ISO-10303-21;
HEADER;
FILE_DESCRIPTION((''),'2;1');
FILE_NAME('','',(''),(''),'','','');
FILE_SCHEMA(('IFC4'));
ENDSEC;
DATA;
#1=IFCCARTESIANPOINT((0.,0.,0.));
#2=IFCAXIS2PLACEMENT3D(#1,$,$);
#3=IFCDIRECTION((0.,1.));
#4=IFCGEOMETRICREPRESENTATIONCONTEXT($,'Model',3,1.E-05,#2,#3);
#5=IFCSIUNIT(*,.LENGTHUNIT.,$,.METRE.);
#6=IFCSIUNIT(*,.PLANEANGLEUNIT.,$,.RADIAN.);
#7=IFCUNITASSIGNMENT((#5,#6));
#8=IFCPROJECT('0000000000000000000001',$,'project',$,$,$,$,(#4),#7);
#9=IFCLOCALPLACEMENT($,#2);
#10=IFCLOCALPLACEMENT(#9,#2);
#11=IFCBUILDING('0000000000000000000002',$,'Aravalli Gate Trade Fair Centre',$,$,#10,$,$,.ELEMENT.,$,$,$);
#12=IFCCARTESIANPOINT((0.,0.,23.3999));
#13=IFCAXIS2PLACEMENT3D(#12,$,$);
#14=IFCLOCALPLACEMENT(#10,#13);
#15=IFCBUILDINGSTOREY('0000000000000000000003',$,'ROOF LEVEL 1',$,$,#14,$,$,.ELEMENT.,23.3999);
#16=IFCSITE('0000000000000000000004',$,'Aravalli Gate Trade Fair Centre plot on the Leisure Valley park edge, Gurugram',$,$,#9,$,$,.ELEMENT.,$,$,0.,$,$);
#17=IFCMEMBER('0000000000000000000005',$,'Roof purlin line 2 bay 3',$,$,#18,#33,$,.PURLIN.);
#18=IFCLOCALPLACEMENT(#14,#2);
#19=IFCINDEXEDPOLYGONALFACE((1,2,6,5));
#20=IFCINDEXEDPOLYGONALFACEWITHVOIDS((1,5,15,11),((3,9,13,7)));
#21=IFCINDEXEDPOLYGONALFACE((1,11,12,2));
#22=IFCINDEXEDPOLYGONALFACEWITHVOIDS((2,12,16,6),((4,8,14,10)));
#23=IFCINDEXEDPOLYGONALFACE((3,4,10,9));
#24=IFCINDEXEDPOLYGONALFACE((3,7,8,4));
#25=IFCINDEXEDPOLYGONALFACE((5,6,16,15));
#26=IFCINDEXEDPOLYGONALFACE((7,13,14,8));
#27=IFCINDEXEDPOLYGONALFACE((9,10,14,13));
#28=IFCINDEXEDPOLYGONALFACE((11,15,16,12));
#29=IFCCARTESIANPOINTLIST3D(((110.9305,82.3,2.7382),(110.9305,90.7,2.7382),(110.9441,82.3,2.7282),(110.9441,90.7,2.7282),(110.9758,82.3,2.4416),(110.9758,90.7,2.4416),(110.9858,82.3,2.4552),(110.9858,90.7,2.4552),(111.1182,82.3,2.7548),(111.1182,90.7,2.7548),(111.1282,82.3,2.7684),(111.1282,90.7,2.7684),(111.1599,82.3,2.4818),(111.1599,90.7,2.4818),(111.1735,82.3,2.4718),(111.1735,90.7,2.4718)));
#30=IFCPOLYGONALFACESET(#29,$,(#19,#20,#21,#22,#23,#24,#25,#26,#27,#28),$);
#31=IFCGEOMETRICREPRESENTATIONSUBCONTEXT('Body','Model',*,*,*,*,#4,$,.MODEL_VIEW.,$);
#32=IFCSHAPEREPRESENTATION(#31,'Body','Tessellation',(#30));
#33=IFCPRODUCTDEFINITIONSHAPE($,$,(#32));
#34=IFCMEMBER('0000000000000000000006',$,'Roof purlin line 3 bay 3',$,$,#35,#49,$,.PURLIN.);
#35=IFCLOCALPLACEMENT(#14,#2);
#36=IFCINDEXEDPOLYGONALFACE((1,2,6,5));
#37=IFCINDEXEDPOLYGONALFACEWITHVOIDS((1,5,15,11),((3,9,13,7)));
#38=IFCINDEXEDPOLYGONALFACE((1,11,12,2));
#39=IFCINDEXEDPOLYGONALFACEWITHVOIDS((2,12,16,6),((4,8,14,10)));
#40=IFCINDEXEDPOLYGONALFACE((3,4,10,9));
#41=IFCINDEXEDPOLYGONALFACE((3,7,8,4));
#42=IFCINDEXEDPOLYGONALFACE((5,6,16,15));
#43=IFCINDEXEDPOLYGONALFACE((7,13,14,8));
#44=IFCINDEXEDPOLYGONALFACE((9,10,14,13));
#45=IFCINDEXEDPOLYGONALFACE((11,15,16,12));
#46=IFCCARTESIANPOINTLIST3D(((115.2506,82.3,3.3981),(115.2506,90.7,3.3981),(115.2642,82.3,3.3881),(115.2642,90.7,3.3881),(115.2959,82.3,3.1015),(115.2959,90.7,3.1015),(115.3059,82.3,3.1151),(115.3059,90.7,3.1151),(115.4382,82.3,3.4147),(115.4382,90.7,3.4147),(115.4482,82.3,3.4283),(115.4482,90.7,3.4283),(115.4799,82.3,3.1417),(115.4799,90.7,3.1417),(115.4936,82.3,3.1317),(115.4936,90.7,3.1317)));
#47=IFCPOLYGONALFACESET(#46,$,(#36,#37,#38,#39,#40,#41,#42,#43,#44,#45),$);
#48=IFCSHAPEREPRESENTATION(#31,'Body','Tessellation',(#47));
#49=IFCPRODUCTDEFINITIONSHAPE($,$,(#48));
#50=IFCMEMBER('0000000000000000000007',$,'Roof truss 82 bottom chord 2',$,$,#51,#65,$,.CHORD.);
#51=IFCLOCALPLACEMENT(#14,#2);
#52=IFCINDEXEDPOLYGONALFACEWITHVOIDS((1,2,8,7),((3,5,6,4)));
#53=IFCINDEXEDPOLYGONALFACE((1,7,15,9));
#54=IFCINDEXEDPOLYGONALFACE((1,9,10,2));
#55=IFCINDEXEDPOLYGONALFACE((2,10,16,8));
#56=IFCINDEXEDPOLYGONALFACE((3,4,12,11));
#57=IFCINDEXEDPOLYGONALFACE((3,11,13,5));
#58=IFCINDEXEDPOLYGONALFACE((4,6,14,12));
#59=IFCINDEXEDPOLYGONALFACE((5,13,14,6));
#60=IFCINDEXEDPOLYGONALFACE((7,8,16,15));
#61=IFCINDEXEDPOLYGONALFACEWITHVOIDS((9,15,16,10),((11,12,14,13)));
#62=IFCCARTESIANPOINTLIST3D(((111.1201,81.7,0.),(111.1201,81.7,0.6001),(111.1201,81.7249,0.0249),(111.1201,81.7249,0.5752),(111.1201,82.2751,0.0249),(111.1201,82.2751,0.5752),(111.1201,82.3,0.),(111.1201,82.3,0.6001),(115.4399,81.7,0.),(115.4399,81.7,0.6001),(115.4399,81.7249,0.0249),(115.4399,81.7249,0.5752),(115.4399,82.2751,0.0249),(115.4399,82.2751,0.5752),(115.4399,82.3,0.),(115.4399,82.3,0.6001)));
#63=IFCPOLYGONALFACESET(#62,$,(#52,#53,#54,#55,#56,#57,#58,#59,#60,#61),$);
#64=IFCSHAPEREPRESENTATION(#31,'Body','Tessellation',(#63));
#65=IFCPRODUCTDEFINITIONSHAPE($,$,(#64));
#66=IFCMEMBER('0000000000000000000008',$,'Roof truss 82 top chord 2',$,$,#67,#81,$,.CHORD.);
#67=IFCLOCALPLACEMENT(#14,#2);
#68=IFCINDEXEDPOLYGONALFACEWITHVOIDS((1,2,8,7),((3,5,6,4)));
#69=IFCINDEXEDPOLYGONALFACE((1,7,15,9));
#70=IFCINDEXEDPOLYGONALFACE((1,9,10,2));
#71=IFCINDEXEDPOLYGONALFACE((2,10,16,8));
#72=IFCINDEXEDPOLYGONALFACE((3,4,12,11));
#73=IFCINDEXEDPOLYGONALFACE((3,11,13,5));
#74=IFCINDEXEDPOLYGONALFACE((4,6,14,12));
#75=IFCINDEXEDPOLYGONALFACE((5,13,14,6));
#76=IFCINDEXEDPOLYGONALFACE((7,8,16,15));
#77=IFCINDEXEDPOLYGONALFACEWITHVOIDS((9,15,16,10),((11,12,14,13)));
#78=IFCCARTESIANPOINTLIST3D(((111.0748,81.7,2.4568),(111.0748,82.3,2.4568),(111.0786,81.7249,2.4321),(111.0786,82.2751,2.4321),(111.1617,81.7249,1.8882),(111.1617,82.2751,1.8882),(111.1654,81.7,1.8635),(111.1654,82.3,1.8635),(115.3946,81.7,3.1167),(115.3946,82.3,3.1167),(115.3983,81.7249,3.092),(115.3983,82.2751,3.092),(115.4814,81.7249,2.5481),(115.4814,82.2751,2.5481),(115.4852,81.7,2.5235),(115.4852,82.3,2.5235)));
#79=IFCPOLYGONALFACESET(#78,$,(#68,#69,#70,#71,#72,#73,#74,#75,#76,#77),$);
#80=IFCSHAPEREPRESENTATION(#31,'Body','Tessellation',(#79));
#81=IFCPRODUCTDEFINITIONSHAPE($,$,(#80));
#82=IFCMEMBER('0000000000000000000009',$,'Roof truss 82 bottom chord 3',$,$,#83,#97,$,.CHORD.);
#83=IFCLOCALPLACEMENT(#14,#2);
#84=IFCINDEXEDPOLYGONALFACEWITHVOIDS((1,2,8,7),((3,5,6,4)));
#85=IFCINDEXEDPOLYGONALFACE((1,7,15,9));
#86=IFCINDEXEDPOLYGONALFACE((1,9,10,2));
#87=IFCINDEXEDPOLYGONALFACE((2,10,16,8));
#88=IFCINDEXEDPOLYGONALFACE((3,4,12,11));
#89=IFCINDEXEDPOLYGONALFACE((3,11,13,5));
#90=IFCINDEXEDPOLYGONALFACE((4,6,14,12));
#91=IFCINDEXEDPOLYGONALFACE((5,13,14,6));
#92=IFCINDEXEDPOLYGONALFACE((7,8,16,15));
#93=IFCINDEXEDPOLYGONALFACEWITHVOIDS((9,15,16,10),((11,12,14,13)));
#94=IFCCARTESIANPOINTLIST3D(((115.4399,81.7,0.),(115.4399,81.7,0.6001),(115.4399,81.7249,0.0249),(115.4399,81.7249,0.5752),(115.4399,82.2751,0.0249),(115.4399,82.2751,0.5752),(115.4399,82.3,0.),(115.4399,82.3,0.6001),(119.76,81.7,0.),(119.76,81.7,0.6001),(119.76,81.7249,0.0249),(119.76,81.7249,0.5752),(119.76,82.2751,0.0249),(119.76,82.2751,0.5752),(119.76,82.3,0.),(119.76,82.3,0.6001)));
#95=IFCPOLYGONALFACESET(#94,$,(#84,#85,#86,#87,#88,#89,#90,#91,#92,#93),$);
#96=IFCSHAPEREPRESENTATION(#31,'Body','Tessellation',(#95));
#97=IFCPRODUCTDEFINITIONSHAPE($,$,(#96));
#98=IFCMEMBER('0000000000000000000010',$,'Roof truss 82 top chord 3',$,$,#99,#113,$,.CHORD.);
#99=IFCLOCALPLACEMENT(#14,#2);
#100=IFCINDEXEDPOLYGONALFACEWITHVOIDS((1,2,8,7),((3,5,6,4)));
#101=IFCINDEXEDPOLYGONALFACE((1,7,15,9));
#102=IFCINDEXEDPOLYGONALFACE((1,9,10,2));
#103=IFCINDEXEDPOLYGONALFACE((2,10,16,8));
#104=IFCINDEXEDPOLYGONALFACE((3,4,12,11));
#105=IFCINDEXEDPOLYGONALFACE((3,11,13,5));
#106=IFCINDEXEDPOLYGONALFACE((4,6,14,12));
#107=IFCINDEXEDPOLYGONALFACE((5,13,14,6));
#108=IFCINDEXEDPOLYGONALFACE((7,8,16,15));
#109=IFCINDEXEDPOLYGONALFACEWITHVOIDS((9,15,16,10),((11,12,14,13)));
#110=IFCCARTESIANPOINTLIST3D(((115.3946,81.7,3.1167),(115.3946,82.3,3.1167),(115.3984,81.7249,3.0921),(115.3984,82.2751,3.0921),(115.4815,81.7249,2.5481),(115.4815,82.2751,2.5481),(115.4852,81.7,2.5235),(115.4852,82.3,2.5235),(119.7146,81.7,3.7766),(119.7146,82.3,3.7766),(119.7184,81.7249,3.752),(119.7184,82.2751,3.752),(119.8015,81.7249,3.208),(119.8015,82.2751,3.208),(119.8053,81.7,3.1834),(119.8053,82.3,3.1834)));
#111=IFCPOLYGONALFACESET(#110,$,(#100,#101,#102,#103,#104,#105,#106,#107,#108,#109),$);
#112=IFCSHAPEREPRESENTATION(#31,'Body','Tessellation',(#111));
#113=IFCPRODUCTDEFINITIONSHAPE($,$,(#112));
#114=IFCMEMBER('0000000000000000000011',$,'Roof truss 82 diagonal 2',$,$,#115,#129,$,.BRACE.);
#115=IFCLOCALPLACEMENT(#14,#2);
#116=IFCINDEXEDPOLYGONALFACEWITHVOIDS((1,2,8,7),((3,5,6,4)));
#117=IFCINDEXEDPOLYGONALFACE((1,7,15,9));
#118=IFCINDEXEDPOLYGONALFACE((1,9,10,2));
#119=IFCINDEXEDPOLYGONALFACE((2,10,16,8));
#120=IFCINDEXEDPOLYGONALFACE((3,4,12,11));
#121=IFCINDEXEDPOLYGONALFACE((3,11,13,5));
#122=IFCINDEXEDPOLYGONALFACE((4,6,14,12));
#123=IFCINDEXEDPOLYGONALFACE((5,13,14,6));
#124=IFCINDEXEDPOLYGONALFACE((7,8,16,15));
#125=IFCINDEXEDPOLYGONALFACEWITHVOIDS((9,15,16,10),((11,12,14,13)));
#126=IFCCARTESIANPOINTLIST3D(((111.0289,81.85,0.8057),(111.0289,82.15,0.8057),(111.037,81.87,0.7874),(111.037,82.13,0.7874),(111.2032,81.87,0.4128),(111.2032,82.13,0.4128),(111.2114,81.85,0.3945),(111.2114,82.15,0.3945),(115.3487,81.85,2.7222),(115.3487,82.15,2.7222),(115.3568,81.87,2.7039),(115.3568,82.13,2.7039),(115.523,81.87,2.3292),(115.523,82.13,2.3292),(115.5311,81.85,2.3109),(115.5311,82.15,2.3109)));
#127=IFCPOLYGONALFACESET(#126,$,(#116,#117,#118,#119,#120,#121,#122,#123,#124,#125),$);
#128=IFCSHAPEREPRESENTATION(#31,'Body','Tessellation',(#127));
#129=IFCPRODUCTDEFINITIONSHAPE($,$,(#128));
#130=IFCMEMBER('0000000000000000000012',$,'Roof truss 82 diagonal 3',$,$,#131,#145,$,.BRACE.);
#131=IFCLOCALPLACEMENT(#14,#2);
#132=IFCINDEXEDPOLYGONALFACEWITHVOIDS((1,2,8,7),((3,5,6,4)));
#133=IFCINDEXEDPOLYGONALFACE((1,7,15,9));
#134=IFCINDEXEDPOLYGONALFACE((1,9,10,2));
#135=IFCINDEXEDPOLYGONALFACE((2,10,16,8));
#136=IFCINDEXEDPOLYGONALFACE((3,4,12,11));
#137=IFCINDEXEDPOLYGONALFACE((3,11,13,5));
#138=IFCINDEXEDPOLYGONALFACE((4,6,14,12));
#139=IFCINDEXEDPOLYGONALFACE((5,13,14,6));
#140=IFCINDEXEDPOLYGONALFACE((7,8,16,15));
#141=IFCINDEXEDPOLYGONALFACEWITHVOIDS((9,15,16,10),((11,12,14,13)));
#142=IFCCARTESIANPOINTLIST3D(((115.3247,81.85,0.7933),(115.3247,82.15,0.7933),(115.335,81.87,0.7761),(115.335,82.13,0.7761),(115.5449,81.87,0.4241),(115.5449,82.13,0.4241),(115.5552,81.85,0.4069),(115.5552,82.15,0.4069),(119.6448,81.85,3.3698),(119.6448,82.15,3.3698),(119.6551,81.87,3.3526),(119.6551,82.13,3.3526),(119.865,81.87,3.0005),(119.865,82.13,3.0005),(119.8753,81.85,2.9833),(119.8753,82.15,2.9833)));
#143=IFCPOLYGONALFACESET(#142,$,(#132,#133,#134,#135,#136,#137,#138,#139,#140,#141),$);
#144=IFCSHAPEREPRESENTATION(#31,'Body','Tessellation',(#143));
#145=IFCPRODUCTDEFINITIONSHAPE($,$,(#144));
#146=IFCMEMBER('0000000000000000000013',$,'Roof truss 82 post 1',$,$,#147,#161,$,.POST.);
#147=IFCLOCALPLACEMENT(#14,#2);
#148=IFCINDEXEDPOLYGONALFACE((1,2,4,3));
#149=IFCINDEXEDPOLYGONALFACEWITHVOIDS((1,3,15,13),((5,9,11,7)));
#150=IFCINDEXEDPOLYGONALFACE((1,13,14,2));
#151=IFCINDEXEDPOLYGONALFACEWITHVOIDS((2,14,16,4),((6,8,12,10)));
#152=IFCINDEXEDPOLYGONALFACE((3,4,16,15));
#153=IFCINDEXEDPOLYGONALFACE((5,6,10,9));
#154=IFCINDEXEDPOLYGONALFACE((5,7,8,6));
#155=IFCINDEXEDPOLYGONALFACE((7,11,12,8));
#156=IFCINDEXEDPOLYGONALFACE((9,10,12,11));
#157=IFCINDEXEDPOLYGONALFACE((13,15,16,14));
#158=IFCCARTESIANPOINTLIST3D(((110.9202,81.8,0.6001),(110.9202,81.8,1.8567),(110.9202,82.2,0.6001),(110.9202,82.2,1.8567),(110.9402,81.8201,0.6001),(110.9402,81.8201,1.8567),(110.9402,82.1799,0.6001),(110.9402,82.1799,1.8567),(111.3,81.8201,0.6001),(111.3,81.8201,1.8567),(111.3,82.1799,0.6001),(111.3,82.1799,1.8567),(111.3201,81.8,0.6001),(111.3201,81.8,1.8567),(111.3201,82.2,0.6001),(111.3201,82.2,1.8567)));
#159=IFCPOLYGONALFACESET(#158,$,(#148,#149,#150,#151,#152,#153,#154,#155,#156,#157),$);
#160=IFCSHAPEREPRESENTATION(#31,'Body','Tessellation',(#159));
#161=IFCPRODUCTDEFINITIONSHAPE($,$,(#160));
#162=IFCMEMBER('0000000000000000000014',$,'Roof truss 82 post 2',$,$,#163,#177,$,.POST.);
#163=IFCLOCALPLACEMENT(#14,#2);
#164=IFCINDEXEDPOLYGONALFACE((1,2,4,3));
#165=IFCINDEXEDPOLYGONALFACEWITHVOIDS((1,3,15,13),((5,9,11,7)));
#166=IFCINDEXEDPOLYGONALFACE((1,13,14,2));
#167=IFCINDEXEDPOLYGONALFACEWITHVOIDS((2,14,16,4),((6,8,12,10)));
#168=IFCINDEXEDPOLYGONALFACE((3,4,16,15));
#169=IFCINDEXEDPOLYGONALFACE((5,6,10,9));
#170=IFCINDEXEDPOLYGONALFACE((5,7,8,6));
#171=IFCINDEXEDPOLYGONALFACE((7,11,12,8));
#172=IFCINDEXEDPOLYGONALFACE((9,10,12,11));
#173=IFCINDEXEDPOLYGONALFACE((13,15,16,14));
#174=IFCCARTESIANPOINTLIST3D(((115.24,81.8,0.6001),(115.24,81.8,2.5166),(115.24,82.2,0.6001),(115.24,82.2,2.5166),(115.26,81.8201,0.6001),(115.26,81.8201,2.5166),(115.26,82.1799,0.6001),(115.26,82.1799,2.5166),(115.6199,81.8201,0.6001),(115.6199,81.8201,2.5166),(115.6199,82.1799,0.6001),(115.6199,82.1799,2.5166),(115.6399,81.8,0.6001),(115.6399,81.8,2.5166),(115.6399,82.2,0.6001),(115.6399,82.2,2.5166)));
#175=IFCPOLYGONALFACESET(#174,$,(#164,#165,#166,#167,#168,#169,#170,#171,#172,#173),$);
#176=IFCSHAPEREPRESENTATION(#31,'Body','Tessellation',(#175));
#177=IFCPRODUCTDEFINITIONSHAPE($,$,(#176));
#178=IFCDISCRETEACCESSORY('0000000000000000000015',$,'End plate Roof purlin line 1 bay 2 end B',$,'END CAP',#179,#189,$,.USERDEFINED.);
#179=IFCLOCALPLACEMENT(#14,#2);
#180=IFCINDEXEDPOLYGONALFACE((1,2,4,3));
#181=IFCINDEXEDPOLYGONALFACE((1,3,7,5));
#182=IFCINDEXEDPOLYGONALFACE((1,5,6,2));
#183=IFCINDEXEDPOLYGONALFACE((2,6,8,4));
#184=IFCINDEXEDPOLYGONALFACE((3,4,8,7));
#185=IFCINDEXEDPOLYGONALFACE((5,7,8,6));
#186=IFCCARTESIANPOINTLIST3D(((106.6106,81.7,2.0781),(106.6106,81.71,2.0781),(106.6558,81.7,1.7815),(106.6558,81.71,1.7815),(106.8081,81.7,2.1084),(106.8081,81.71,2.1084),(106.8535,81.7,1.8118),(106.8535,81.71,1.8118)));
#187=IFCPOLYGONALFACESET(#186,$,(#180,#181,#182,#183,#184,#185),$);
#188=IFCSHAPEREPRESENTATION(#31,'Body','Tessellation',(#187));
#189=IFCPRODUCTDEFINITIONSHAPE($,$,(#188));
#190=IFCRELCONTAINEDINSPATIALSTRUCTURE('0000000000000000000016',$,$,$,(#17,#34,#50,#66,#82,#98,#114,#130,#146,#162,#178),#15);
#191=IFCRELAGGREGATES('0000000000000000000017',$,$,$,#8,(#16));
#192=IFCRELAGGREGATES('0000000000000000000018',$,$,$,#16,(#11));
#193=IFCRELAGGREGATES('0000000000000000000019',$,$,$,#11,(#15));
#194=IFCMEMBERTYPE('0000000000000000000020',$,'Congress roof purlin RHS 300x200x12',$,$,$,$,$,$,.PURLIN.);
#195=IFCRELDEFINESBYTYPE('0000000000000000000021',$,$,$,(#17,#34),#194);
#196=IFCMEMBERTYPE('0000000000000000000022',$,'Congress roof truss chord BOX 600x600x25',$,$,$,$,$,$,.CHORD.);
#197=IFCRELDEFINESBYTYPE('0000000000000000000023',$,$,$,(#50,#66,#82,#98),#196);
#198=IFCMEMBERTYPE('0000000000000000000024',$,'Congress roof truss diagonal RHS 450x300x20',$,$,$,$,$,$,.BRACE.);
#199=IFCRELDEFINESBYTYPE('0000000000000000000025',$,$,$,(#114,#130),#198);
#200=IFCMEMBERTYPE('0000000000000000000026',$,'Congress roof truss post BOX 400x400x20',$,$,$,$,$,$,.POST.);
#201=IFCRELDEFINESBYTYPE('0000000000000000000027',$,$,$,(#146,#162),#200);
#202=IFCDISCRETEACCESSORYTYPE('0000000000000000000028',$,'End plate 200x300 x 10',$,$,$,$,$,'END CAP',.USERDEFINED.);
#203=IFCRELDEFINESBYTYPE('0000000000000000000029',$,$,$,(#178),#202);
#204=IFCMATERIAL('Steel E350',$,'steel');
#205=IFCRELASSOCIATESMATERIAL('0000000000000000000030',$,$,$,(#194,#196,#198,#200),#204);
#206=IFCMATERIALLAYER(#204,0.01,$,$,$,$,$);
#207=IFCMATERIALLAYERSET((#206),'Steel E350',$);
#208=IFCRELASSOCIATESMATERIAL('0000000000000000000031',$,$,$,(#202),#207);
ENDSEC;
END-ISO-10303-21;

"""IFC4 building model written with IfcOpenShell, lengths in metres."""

from ifc_helpers import new_model, si_unit, direction, frame, origin, origin_2d, place, context, subcontext, project, spatial, polyline, hollow_rectangle, outline, extrude, material, layer, layer_set, material_profile, profile_set, type_object, element, save


model = new_model("IFC4")

# Units and contexts
model_context = context("Model", 3, precision=1e-05, world=origin(), true_north=direction((0.0, 1.0)))
body_context = subcontext(model_context, "Body", "Model", "MODEL_VIEW")
ifc_project = project(units=[si_unit("LENGTHUNIT", "METRE"), si_unit("PLANEANGLEUNIT", "RADIAN")], contexts=[model_context])

# Site, building, storey
site_placement = place(None, origin())
site = spatial("IfcSite", under=ifc_project, at=site_placement, Name="Aravalli Gate Trade Fair Centre plot on the Leisure Valley park edge, Gurugram", CompositionType="ELEMENT", RefElevation=0.0)
building_placement = place(site_placement, origin())
building = spatial("IfcBuilding", under=site, at=building_placement, Name="Aravalli Gate Trade Fair Centre", CompositionType="ELEMENT")
storey_placement = place(building_placement, frame((0.0, 0.0, 23.3999)))
storey = spatial("IfcBuildingStorey", under=building, at=storey_placement, Name="ROOF LEVEL 1", CompositionType="ELEMENT", Elevation=23.3999)

# Members
ifc_material = material(Name="Steel E350", Category="steel")
ifc_material_profile_1 = material_profile(ifc_material, hollow_rectangle(XDim=0.2, YDim=0.3, WallThickness=0.012, at=origin_2d()), Name="RHS 300x200x12")
ifc_profile_set_1 = profile_set([ifc_material_profile_1], Name="Steel E350")
member_type_1 = type_object("IfcMemberType", Name="Congress roof purlin RHS 300x200x12", PredefinedType="PURLIN", material=ifc_profile_set_1)
for number, where, z_axis, x_axis, name in (
    (1, (111.052, 82.3, 2.605), (0.0, 1.0, 0.0), (-0.98853, 0.0, -0.151026), "Roof purlin line 2 bay 3"),
    (2, (115.3721, 82.3, 3.2649), (0.0, 1.0, 0.0), (-0.98853, 0.0, -0.151026), "Roof purlin line 3 bay 3"),
):
    element("IfcMember", number, at=place(storey_placement, frame(where, z_axis=z_axis, x_axis=x_axis)), inside=storey, type_object=member_type_1, Name=name, PredefinedType="PURLIN", context=body_context, shape_type="SweptSolid", body=[
        extrude(hollow_rectangle(XDim=0.2, YDim=0.3, WallThickness=0.012, at=origin_2d()), origin(), (0.0, 0.0, 1.0), 8.3999),
    ])
ifc_material_profile_2 = material_profile(ifc_material, hollow_rectangle(XDim=0.6001, YDim=0.6001, WallThickness=0.0249, at=origin_2d()), Name="BOX 600x600x25")
ifc_profile_set_2 = profile_set([ifc_material_profile_2], Name="Steel E350")
member_type_2 = type_object("IfcMemberType", Name="Congress roof truss chord BOX 600x600x25", PredefinedType="CHORD", material=ifc_profile_set_2)
member_1_placement = place(storey_placement, frame((111.1201, 82.0, 0.3), z_axis=(1.0, 0.0, 0.0), x_axis=(0.0, 1.0, 0.0)))
element("IfcMember", 3, at=member_1_placement, inside=storey, type_object=member_type_2, Name="Roof truss 82 bottom chord 2", PredefinedType="CHORD", context=body_context, shape_type="SweptSolid", body=[
    extrude(hollow_rectangle(XDim=0.6001, YDim=0.6001, WallThickness=0.0249, at=origin_2d()), origin(), (0.0, 0.0, 1.0), 4.3198),
])
member_2_placement = place(storey_placement, frame((111.1201, 82.0, 2.1602), z_axis=(0.988532, 0.0, 0.151012), x_axis=(0.0, 1.0, 0.0)))
element("IfcMember", 4, at=member_2_placement, inside=storey, type_object=member_type_2, Name="Roof truss 82 top chord 2", PredefinedType="CHORD", context=body_context, shape_type="SweptSolid", body=[
    extrude(hollow_rectangle(XDim=0.6001, YDim=0.6001, WallThickness=0.0249, at=origin_2d()), origin(), (0.0, 0.0, 1.0), 4.3699),
])
member_3_placement = place(storey_placement, frame((115.4399, 82.0, 0.3), z_axis=(1.0, 0.0, 0.0), x_axis=(0.0, 1.0, 0.0)))
element("IfcMember", 5, at=member_3_placement, inside=storey, type_object=member_type_2, Name="Roof truss 82 bottom chord 3", PredefinedType="CHORD", context=body_context, shape_type="SweptSolid", body=[
    extrude(hollow_rectangle(XDim=0.6001, YDim=0.6001, WallThickness=0.0249, at=origin_2d()), origin(), (0.0, 0.0, 1.0), 4.3201),
])
member_4_placement = place(storey_placement, frame((115.4399, 82.0, 2.8201), z_axis=(0.988533, 0.0, 0.151003), x_axis=(0.0, 1.0, 0.0)))
element("IfcMember", 6, at=member_4_placement, inside=storey, type_object=member_type_2, Name="Roof truss 82 top chord 3", PredefinedType="CHORD", context=body_context, shape_type="SweptSolid", body=[
    extrude(hollow_rectangle(XDim=0.6001, YDim=0.6001, WallThickness=0.0249, at=origin_2d()), origin(), (0.0, 0.0, 1.0), 4.3701),
])
ifc_material_profile_3 = material_profile(ifc_material, hollow_rectangle(XDim=0.3, YDim=0.45, WallThickness=0.02, at=origin_2d()), Name="RHS 450x300x20")
ifc_profile_set_3 = profile_set([ifc_material_profile_3], Name="Steel E350")
member_type_3 = type_object("IfcMemberType", Name="Congress roof truss diagonal RHS 450x300x20", PredefinedType="BRACE", material=ifc_profile_set_3)
member_5_placement = place(storey_placement, frame((111.1201, 82.0, 0.6001), z_axis=(0.91408, 0.0, 0.405534), x_axis=(0.0, 1.0, 0.0)))
element("IfcMember", 7, at=member_5_placement, inside=storey, type_object=member_type_3, Name="Roof truss 82 diagonal 2", PredefinedType="BRACE", context=body_context, shape_type="SweptSolid", body=[
    extrude(hollow_rectangle(XDim=0.3, YDim=0.45, WallThickness=0.02, at=origin_2d()), origin(), (0.0, 0.0, 1.0), 4.7258),
])
member_6_placement = place(storey_placement, frame((115.4399, 82.0, 0.6001), z_axis=(0.85886, 0.0, 0.51221), x_axis=(0.0, 1.0, 0.0)))
element("IfcMember", 8, at=member_6_placement, inside=storey, type_object=member_type_3, Name="Roof truss 82 diagonal 3", PredefinedType="BRACE", context=body_context, shape_type="SweptSolid", body=[
    extrude(hollow_rectangle(XDim=0.3, YDim=0.45, WallThickness=0.02, at=origin_2d()), origin(), (0.0, 0.0, 1.0), 5.03),
])
ifc_material_profile_4 = material_profile(ifc_material, hollow_rectangle(XDim=0.3999, YDim=0.3999, WallThickness=0.02, at=origin_2d()), Name="BOX 400x400x20")
ifc_profile_set_4 = profile_set([ifc_material_profile_4], Name="Steel E350")
member_type_4 = type_object("IfcMemberType", Name="Congress roof truss post BOX 400x400x20", PredefinedType="POST", material=ifc_profile_set_4)
member_7_placement = place(storey_placement, frame((111.1201, 82.0, 0.6001), z_axis=(0.0, 0.0, 1.0), x_axis=(1.0, 0.0, 0.0)))
element("IfcMember", 9, at=member_7_placement, inside=storey, type_object=member_type_4, Name="Roof truss 82 post 1", PredefinedType="POST", context=body_context, shape_type="SweptSolid", body=[
    extrude(hollow_rectangle(XDim=0.3999, YDim=0.3999, WallThickness=0.02, at=origin_2d()), origin(), (0.0, 0.0, 1.0), 1.2566),
])
member_8_placement = place(storey_placement, frame((115.4399, 82.0, 0.6001), z_axis=(0.0, 0.0, 1.0), x_axis=(1.0, 0.0, 0.0)))
element("IfcMember", 10, at=member_8_placement, inside=storey, type_object=member_type_4, Name="Roof truss 82 post 2", PredefinedType="POST", context=body_context, shape_type="SweptSolid", body=[
    extrude(hollow_rectangle(XDim=0.3999, YDim=0.3999, WallThickness=0.02, at=origin_2d()), origin(), (0.0, 0.0, 1.0), 1.9165),
])

# Discrete accessory
ifc_layer_1 = layer(ifc_material, 0.01)
ifc_layer_set_1 = layer_set([ifc_layer_1], Name="Steel E350")
discrete_accessory_type_1 = type_object("IfcDiscreteAccessoryType", Name="End plate 200x300 x 10", ElementType="END CAP", PredefinedType="USERDEFINED", material=ifc_layer_set_1)
for number, where, z_axis, x_axis, name in (
    (11, (106.8535, 81.71, 1.8118), (0.0, 1.0, 0.0), (-0.988484, 0.0, -0.151324), "End plate Roof purlin line 1 bay 2 end B"),
):
    element("IfcDiscreteAccessory", number, at=place(storey_placement, frame(where, z_axis=z_axis, x_axis=x_axis)), inside=storey, type_object=discrete_accessory_type_1, Name=name, ObjectType="END CAP", PredefinedType="USERDEFINED", context=body_context, shape_type="SweptSolid", body=[
        extrude(outline(polyline([(0.0, 0.0), (0.2001, 0.0), (0.1998, 0.3), (0.0, 0.3001), (0.0, 0.0)])), origin(), (0.0, 0.0, -1.0), 0.01),
    ])

save(model, "model.ifc")
